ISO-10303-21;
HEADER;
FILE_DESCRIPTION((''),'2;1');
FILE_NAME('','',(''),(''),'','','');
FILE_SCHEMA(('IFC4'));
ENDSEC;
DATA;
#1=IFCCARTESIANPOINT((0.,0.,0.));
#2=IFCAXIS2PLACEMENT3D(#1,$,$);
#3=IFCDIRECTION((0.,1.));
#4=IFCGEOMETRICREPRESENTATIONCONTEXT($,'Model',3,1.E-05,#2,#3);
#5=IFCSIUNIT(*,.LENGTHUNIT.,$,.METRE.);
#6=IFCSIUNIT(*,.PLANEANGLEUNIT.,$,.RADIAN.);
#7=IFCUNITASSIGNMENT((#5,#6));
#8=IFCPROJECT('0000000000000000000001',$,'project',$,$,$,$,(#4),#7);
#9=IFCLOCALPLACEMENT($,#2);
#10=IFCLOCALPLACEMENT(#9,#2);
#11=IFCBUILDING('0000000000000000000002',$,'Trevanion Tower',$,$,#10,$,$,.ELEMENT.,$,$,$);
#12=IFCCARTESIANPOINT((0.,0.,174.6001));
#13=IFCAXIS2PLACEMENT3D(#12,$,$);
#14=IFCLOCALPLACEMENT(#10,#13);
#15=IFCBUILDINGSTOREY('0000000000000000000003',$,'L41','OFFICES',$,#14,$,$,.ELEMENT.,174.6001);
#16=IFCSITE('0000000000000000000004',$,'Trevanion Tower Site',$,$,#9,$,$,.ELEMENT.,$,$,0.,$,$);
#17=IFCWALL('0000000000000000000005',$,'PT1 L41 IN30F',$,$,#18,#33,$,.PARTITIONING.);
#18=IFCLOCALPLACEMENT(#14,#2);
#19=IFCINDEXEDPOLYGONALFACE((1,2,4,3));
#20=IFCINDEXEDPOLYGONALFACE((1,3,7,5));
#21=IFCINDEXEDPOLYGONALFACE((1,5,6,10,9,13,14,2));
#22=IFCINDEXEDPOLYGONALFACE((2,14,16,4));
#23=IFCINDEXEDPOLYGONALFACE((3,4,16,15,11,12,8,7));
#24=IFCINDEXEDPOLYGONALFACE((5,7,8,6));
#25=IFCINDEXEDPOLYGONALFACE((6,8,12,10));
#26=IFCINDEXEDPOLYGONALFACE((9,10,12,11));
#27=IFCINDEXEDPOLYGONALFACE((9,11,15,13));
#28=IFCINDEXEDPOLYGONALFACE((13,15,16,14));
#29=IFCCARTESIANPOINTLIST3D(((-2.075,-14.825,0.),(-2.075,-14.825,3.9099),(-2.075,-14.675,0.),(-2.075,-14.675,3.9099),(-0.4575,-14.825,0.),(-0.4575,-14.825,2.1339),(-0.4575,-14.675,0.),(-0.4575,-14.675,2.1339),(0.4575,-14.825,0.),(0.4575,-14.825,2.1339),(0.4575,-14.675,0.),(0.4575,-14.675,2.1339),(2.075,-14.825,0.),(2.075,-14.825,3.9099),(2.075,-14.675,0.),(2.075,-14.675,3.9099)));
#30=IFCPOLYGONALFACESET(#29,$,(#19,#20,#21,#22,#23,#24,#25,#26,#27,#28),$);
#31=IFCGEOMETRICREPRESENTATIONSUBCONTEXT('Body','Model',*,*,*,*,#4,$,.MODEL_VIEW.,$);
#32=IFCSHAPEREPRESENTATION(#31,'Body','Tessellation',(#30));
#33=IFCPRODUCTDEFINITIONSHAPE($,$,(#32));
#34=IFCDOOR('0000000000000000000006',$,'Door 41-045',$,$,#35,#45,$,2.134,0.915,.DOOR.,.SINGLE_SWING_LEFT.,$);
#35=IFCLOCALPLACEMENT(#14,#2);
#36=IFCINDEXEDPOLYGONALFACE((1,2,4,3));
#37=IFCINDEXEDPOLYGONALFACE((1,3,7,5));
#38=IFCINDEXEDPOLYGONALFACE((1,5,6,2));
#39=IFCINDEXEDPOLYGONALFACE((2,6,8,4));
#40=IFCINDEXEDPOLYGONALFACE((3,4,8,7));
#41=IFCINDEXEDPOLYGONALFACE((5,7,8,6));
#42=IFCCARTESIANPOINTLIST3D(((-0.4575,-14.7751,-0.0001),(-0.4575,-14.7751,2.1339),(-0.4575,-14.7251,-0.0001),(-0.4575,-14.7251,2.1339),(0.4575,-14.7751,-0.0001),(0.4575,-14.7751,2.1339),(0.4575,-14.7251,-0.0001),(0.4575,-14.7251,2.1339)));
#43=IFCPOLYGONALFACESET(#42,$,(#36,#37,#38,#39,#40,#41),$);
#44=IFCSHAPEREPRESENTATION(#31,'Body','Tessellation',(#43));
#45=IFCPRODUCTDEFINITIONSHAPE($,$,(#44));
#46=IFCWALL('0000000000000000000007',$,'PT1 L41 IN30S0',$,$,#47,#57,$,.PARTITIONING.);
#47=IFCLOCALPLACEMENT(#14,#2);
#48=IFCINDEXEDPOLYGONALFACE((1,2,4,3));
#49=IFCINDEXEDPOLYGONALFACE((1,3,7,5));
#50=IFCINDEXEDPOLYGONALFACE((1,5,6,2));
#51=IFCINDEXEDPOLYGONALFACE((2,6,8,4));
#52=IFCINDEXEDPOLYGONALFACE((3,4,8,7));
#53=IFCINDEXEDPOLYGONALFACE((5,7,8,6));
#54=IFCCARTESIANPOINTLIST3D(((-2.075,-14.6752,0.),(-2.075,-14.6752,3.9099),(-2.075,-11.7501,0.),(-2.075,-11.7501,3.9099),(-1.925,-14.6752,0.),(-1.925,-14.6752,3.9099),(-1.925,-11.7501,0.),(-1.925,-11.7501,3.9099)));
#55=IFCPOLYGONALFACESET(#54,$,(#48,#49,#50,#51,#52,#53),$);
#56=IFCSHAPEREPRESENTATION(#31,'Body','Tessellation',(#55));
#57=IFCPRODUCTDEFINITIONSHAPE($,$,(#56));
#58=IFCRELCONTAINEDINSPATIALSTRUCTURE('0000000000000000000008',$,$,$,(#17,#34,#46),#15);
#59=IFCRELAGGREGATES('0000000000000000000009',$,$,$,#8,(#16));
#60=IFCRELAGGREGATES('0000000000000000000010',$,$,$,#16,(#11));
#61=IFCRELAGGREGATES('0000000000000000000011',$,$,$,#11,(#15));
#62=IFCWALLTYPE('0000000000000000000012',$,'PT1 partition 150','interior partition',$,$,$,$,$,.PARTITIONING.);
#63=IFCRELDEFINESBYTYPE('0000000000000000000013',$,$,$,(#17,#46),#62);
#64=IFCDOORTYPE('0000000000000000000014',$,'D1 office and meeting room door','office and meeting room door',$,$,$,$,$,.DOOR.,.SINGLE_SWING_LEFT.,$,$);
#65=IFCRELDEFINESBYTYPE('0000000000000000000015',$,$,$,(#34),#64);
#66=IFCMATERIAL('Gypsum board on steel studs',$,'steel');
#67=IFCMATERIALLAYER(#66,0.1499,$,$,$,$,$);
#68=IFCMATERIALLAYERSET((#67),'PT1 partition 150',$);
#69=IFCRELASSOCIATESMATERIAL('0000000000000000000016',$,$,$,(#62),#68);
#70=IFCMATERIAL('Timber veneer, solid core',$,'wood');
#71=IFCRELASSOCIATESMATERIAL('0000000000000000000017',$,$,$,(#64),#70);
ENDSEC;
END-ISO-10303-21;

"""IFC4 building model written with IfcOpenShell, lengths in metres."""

from ifc_helpers import new_model, si_unit, direction, frame, frame_2d, origin, place, context, subcontext, project, spatial, rectangle, extrude, material, layer, layer_set, type_object, element, fill, save


model = new_model("IFC4")

# Units and contexts
model_context = context("Model", 3, precision=1e-05, world=origin(), true_north=direction((0.0, 1.0)))
body_context = subcontext(model_context, "Body", "Model", "MODEL_VIEW")
ifc_project = project(units=[si_unit("LENGTHUNIT", "METRE"), si_unit("PLANEANGLEUNIT", "RADIAN")], contexts=[model_context])

# Site, building, storey
site_placement = place(None, origin())
site = spatial("IfcSite", under=ifc_project, at=site_placement, Name="Trevanion Tower Site", CompositionType="ELEMENT", RefElevation=0.0)
building_placement = place(site_placement, origin())
building = spatial("IfcBuilding", under=site, at=building_placement, Name="Trevanion Tower", CompositionType="ELEMENT")
storey_placement = place(building_placement, frame((0.0, 0.0, 174.6001)))
storey = spatial("IfcBuildingStorey", under=building, at=storey_placement, Name="L41", Description="OFFICES", CompositionType="ELEMENT", Elevation=174.6001)

# Shared definitions
ifc_material_1 = material(Name="Gypsum board on steel studs", Category="steel")
ifc_layer_1 = layer(ifc_material_1, 0.1499)
ifc_layer_set_1 = layer_set([ifc_layer_1], Name="PT1 partition 150")
wall_type = type_object("IfcWallType", Name="PT1 partition 150", Description="interior partition", PredefinedType="PARTITIONING", material=ifc_layer_set_1)
ifc_material_2 = material(Name="Timber veneer, solid core", Category="wood")
door_type = type_object("IfcDoorType", Name="D1 office and meeting room door", Description="office and meeting room door", OperationType="SINGLE_SWING_LEFT", PredefinedType="DOOR", material=ifc_material_2)

# Wall, opening, door
wall_1_placement = place(storey_placement, frame((-2.075, -14.75, 0.0), z_axis=(0.0, 0.0, 1.0), x_axis=(1.0, 0.0, 0.0)))
wall_1 = element("IfcWall", 1, at=wall_1_placement, inside=storey, type_object=wall_type, Name="PT1 L41 IN30F", PredefinedType="PARTITIONING", context=body_context, shape_type="SweptSolid", body=[
    extrude(rectangle(XDim=4.1499, YDim=0.1499, at=frame_2d((2.075, 0.0))), origin(), (0.0, 0.0, 1.0), 3.9099),
])
opening_1_placement = place(wall_1_placement, frame((1.6174, 0.0, 0.0)))
opening_1 = element("IfcOpeningElement", 2, at=opening_1_placement, cuts=wall_1, PredefinedType="OPENING", context=body_context, shape_type="SweptSolid", body=[
    extrude(rectangle(XDim=0.915, YDim=2.134, at=frame_2d((0.4575, 1.0669))), frame((0.0, 0.085, 0.0), z_axis=(0.0, -1.0, 0.0), x_axis=(1.0, 0.0, 0.0)), (0.0, 0.0, 1.0), 0.1699),
])
door_1_placement = place(opening_1_placement, origin())
door_1 = element("IfcDoor", 3, at=door_1_placement, inside=storey, type_object=door_type, Name="Door 41-045", OperationType="SINGLE_SWING_LEFT", OverallHeight=2.134, OverallWidth=0.915, PredefinedType="DOOR", context=body_context, shape_type="SweptSolid", body=[
    extrude(rectangle(XDim=0.915, YDim=2.134, at=frame_2d((0.4575, 1.0669))), frame((0.0, 0.0249, 0.0), z_axis=(0.0, -1.0, 0.0), x_axis=(1.0, 0.0, 0.0)), (0.0, 0.0, 1.0), 0.05),
])
fill(opening_1, door_1)

# Wall
wall_2_placement = place(storey_placement, frame((-2.0, -14.675, 0.0), z_axis=(0.0, 0.0, 1.0), x_axis=(0.0, 1.0, 0.0)))
element("IfcWall", 4, at=wall_2_placement, inside=storey, type_object=wall_type, Name="PT1 L41 IN30S0", PredefinedType="PARTITIONING", context=body_context, shape_type="SweptSolid", body=[
    extrude(rectangle(XDim=2.925, YDim=0.1499, at=frame_2d((1.4624, 0.0))), origin(), (0.0, 0.0, 1.0), 3.9099),
])

save(model, "model.ifc")
